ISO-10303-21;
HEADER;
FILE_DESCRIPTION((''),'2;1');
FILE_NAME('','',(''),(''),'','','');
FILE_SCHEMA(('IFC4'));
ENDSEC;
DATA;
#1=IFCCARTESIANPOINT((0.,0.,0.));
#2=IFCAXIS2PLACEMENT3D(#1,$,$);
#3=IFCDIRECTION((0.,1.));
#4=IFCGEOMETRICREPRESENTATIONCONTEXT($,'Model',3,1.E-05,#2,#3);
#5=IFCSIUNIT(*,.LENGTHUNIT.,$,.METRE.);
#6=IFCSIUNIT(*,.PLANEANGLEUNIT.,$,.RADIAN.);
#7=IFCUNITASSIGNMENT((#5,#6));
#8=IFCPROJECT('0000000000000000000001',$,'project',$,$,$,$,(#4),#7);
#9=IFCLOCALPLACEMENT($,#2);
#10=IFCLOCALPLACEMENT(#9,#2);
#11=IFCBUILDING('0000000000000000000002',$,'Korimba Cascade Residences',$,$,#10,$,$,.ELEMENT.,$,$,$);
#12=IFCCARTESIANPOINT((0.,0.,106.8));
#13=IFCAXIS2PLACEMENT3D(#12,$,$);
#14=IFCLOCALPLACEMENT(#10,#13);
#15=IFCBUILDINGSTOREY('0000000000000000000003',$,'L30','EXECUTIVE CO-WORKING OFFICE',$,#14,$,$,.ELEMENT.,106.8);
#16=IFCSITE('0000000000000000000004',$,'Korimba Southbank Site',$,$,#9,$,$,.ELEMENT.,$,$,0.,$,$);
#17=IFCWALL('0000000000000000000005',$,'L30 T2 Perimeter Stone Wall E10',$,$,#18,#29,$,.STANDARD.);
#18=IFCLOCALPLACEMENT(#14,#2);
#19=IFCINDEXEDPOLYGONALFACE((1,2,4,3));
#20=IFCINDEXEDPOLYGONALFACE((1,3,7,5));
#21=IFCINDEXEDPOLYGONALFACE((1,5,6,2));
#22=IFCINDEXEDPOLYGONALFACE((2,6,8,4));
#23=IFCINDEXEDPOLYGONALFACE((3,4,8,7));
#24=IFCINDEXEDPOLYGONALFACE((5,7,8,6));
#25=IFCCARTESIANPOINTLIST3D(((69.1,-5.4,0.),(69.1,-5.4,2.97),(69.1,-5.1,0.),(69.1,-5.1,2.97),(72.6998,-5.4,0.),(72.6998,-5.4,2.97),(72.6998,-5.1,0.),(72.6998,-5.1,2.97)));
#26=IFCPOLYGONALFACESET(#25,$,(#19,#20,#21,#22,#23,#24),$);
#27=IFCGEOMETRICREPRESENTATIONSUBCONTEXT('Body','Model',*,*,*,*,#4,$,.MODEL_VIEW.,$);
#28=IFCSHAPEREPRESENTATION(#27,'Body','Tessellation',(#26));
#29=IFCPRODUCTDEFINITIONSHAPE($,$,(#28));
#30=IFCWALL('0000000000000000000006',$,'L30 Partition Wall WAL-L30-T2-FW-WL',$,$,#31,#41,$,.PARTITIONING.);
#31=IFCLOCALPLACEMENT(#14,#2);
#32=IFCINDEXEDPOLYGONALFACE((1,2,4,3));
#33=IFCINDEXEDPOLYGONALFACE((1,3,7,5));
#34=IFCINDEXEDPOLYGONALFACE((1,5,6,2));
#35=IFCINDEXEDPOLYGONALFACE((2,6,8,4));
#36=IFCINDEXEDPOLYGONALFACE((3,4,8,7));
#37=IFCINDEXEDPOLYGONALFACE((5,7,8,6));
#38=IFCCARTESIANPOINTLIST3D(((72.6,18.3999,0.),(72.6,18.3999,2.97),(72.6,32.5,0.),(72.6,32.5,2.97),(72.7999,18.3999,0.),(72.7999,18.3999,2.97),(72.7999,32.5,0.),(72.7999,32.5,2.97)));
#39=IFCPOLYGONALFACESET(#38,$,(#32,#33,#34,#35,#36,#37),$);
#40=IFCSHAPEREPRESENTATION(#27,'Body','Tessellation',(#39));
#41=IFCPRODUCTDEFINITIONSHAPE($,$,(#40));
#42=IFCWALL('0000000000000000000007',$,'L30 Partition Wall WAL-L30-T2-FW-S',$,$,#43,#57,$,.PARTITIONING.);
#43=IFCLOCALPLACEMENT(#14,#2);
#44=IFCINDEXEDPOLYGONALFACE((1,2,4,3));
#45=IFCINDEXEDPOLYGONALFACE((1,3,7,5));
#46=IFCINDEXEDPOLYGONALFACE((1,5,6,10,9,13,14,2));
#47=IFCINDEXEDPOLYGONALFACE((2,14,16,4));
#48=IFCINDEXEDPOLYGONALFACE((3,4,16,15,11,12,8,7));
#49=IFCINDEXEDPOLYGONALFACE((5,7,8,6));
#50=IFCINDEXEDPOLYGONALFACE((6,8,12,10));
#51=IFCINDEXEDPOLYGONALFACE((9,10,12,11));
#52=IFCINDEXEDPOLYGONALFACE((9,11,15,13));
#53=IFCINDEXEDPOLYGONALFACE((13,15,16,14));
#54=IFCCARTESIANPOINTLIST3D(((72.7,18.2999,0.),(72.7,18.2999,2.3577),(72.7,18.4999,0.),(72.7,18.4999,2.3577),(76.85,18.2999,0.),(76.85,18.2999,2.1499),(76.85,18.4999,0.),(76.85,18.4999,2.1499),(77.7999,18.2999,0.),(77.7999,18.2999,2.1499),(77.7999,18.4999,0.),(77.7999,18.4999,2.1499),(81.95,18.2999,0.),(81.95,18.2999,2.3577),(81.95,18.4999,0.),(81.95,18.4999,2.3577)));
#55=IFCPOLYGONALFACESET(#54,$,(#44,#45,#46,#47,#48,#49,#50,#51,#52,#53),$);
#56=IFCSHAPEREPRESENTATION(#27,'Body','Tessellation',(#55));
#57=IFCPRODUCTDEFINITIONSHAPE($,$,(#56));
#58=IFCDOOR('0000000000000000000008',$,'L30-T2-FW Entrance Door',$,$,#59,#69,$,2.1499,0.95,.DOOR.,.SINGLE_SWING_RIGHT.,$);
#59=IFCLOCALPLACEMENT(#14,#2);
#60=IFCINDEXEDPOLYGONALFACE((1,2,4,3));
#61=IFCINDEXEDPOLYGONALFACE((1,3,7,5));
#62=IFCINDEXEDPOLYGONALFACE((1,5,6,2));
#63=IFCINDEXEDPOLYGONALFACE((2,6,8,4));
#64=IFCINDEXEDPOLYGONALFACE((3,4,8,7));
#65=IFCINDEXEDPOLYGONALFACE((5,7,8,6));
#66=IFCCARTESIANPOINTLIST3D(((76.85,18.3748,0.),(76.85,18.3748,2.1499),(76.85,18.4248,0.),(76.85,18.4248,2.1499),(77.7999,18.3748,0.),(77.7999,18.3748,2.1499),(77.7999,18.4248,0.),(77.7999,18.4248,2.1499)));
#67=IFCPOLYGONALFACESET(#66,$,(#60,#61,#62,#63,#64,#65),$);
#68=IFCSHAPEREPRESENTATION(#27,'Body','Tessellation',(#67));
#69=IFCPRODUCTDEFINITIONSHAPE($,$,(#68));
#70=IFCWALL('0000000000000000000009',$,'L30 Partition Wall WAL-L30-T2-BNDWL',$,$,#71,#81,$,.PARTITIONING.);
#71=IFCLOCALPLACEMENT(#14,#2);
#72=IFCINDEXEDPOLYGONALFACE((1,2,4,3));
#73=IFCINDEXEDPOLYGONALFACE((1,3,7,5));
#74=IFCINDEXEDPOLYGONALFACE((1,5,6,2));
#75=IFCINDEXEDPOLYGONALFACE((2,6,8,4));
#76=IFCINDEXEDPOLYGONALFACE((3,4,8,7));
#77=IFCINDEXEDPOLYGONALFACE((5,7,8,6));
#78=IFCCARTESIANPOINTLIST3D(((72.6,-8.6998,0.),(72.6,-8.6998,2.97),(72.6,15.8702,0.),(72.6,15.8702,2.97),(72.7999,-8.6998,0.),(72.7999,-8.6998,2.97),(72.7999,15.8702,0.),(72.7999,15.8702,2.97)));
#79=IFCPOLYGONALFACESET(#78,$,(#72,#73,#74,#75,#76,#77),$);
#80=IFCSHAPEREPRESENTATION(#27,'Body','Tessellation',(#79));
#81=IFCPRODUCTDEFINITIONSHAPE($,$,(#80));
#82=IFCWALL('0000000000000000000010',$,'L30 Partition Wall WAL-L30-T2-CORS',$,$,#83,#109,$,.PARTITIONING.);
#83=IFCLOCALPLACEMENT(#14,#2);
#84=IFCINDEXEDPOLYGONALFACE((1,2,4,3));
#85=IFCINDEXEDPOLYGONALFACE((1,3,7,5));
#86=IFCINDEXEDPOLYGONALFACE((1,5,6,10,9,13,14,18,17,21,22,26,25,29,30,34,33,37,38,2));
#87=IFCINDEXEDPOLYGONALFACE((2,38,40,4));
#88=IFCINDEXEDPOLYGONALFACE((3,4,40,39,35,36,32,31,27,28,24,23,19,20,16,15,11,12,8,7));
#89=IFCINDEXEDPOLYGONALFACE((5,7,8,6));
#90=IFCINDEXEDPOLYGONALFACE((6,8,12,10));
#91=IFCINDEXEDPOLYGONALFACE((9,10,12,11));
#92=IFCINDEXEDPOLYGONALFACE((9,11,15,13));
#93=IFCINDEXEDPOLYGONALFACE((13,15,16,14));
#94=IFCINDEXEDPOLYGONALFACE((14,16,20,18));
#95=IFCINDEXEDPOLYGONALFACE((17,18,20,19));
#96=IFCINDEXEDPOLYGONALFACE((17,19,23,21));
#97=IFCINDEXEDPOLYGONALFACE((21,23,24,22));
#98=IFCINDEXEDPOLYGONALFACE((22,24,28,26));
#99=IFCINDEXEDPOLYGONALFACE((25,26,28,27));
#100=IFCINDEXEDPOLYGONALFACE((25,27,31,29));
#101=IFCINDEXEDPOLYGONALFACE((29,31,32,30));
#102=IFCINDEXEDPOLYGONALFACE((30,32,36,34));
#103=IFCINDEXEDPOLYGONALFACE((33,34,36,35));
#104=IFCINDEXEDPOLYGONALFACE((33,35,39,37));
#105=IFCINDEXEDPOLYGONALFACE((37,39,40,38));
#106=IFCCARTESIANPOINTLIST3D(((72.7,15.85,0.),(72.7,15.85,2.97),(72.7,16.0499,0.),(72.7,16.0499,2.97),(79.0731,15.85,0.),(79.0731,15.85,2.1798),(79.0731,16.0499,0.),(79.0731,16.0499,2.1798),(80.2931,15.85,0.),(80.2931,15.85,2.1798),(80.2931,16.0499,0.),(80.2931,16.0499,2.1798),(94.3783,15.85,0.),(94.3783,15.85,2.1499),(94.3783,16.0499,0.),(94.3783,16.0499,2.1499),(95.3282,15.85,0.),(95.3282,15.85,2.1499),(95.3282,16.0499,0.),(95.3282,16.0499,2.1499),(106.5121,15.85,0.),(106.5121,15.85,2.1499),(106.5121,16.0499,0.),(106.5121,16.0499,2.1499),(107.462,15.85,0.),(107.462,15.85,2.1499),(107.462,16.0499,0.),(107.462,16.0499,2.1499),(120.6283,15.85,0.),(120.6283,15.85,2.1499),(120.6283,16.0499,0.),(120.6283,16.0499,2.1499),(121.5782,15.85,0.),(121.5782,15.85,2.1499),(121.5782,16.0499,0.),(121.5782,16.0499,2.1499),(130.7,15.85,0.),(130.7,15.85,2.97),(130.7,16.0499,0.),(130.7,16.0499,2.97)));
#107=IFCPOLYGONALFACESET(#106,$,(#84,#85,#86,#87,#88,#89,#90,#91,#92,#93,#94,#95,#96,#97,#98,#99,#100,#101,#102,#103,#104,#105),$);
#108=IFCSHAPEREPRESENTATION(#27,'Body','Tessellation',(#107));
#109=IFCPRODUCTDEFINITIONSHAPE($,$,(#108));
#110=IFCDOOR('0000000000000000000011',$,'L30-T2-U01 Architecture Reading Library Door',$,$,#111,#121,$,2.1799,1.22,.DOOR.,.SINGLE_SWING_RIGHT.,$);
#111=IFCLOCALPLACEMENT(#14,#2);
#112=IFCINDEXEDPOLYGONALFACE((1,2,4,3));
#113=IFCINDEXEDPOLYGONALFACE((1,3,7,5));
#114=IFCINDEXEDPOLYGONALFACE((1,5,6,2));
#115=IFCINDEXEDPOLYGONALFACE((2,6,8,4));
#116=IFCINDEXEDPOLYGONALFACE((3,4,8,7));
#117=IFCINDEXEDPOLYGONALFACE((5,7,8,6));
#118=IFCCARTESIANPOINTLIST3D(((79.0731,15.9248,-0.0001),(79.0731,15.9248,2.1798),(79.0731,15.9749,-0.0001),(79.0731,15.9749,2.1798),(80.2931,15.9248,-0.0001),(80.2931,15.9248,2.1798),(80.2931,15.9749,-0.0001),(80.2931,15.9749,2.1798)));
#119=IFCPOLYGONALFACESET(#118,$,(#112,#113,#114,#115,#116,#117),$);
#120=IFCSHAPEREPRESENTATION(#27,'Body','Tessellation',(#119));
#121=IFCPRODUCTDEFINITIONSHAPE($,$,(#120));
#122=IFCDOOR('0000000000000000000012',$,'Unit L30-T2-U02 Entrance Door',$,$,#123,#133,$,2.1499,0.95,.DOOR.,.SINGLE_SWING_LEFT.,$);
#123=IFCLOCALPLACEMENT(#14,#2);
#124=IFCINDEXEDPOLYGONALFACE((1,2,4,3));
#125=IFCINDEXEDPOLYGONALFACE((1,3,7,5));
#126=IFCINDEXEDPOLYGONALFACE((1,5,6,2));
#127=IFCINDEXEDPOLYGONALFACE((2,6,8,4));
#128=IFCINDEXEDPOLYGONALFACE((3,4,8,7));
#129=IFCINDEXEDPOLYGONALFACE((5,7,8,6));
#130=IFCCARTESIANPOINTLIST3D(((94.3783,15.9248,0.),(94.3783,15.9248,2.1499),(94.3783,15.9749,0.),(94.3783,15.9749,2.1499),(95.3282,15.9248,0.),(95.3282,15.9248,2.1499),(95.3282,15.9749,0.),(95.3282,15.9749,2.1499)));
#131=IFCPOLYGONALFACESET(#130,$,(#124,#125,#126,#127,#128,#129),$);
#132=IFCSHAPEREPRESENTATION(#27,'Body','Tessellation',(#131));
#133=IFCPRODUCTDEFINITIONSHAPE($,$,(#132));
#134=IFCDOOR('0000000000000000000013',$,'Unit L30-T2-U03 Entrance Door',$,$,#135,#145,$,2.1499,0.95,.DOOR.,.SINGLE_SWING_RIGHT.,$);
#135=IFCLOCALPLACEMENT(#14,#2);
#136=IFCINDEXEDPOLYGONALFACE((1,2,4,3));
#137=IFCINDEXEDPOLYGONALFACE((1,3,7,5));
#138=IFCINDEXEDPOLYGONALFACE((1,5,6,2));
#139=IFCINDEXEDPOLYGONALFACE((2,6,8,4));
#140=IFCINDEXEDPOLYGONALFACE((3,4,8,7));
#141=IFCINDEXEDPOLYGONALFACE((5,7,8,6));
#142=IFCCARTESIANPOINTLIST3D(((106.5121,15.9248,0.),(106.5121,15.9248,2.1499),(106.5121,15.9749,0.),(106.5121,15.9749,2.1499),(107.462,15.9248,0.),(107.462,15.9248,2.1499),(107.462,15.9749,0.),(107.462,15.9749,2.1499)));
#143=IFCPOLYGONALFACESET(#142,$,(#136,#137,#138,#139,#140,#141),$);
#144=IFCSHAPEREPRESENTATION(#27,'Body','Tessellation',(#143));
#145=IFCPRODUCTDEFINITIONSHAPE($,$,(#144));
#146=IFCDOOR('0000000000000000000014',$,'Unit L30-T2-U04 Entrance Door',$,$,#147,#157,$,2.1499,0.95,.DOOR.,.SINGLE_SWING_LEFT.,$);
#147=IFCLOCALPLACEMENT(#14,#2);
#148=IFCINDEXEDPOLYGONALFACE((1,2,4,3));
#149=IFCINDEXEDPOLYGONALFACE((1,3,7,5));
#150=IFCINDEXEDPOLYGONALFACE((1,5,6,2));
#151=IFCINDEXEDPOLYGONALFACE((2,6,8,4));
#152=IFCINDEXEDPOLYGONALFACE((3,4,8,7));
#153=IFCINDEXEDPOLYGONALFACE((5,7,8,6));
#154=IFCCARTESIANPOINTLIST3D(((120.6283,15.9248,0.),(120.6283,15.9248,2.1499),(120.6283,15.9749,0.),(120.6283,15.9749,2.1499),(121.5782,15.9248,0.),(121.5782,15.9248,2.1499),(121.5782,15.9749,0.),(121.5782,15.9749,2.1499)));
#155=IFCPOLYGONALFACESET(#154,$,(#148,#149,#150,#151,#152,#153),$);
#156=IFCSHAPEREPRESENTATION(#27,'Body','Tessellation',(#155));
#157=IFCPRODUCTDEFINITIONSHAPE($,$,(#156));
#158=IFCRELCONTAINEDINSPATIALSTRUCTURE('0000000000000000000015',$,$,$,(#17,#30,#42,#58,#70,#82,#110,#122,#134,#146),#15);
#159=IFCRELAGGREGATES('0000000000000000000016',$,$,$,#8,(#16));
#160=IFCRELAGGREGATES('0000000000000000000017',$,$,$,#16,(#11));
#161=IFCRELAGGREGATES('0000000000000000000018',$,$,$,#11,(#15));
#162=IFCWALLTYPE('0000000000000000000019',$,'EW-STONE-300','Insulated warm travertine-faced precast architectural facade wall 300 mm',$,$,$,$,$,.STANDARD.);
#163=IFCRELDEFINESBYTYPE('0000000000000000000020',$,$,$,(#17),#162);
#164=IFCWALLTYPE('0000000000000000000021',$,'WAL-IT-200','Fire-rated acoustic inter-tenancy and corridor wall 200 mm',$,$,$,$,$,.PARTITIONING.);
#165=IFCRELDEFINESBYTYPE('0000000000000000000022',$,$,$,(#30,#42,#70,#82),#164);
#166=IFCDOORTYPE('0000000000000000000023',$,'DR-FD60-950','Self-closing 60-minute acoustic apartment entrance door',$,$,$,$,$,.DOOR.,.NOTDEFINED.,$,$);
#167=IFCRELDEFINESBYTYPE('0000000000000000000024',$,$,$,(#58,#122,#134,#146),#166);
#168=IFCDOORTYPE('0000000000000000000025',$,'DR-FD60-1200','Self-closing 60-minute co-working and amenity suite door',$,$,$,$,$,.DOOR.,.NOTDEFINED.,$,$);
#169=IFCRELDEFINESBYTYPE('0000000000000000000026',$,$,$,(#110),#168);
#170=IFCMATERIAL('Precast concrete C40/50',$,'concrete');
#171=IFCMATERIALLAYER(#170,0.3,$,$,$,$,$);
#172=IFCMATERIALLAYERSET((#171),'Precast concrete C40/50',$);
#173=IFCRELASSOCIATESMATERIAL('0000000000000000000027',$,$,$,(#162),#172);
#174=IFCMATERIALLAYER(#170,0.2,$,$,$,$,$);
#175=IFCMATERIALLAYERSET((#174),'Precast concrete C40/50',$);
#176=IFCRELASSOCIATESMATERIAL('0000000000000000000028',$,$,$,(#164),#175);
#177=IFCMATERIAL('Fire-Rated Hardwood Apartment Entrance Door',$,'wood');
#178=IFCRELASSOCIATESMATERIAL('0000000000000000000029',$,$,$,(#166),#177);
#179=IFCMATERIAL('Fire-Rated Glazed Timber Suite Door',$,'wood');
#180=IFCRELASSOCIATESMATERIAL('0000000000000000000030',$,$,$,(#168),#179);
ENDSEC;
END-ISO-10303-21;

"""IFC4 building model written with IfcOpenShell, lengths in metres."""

from ifc_helpers import new_model, si_unit, direction, frame, frame_2d, origin, place, context, subcontext, project, spatial, rectangle, extrude, material, layer, layer_set, type_object, element, fill, save


model = new_model("IFC4")

# Units and contexts
model_context = context("Model", 3, precision=1e-05, world=origin(), true_north=direction((0.0, 1.0)))
body_context = subcontext(model_context, "Body", "Model", "MODEL_VIEW")
ifc_project = project(units=[si_unit("LENGTHUNIT", "METRE"), si_unit("PLANEANGLEUNIT", "RADIAN")], contexts=[model_context])

# Site, building, storey
site_placement = place(None, origin())
site = spatial("IfcSite", under=ifc_project, at=site_placement, Name="Korimba Southbank Site", CompositionType="ELEMENT", RefElevation=0.0)
building_placement = place(site_placement, origin())
building = spatial("IfcBuilding", under=site, at=building_placement, Name="Korimba Cascade Residences", CompositionType="ELEMENT")
storey_placement = place(building_placement, frame((0.0, 0.0, 106.8)))
storey = spatial("IfcBuildingStorey", under=building, at=storey_placement, Name="L30", Description="EXECUTIVE CO-WORKING OFFICE", CompositionType="ELEMENT", Elevation=106.8)

# Shared definitions
ifc_material_1 = material(Name="Precast concrete C40/50", Category="concrete")

# Walls
ifc_layer_1 = layer(ifc_material_1, 0.3)
ifc_layer_set_1 = layer_set([ifc_layer_1], Name="Precast concrete C40/50")
wall_type_1 = type_object("IfcWallType", Name="EW-STONE-300", Description="Insulated warm travertine-faced precast architectural facade wall 300 mm", PredefinedType="STANDARD", material=ifc_layer_set_1)
wall_1_placement = place(storey_placement, frame((69.1001, -5.25, 0.0), z_axis=(0.0, 0.0, 1.0), x_axis=(1.0, 0.0, 0.0)))
element("IfcWall", 1, at=wall_1_placement, inside=storey, type_object=wall_type_1, Name="L30 T2 Perimeter Stone Wall E10", PredefinedType="STANDARD", context=body_context, shape_type="SweptSolid", body=[
    extrude(rectangle(XDim=3.5999, YDim=0.3, at=frame_2d((1.7998, 0.0))), origin(), (0.0, 0.0, 1.0), 2.97),
])
ifc_layer_2 = layer(ifc_material_1, 0.2)
ifc_layer_set_2 = layer_set([ifc_layer_2], Name="Precast concrete C40/50")
wall_type_2 = type_object("IfcWallType", Name="WAL-IT-200", Description="Fire-rated acoustic inter-tenancy and corridor wall 200 mm", PredefinedType="PARTITIONING", material=ifc_layer_set_2)
wall_2_placement = place(storey_placement, frame((72.7, 18.3999, 0.0), z_axis=(0.0, 0.0, 1.0), x_axis=(0.0, 1.0, 0.0)))
element("IfcWall", 2, at=wall_2_placement, inside=storey, type_object=wall_type_2, Name="L30 Partition Wall WAL-L30-T2-FW-WL", PredefinedType="PARTITIONING", context=body_context, shape_type="SweptSolid", body=[
    extrude(rectangle(XDim=14.1001, YDim=0.2, at=frame_2d((7.05, 0.0))), origin(), (0.0, 0.0, 1.0), 2.97),
])

# Wall, opening, door
wall_3_placement = place(storey_placement, frame((72.7, 18.3999, 0.0), z_axis=(0.0, 0.0, 1.0), x_axis=(1.0, 0.0, 0.0)))
wall_3 = element("IfcWall", 3, at=wall_3_placement, inside=storey, type_object=wall_type_2, Name="L30 Partition Wall WAL-L30-T2-FW-S", PredefinedType="PARTITIONING", context=body_context, shape_type="SweptSolid", body=[
    extrude(rectangle(XDim=9.25, YDim=0.2, at=frame_2d((4.625, 0.0))), origin(), (0.0, 0.0, 1.0), 2.3577),
])
opening_1_placement = place(wall_3_placement, frame((4.1499, 0.0, 0.0)))
opening_1 = element("IfcOpeningElement", 4, at=opening_1_placement, cuts=wall_3, PredefinedType="OPENING", context=body_context, shape_type="SweptSolid", body=[
    extrude(rectangle(XDim=0.95, YDim=2.1499, at=frame_2d((0.4751, 1.075))), frame((0.0, 0.1099, 0.0), z_axis=(0.0, -1.0, 0.0), x_axis=(1.0, 0.0, 0.0)), (0.0, 0.0, 1.0), 0.22),
])
ifc_material_2 = material(Name="Fire-Rated Hardwood Apartment Entrance Door", Category="wood")
door_type_1 = type_object("IfcDoorType", Name="DR-FD60-950", Description="Self-closing 60-minute acoustic apartment entrance door", OperationType="NOTDEFINED", PredefinedType="DOOR", material=ifc_material_2)
door_1_placement = place(opening_1_placement, origin())
door_1 = element("IfcDoor", 5, at=door_1_placement, inside=storey, type_object=door_type_1, Name="L30-T2-FW Entrance Door", OperationType="SINGLE_SWING_RIGHT", OverallHeight=2.1499, OverallWidth=0.95, PredefinedType="DOOR", context=body_context, shape_type="SweptSolid", body=[
    extrude(rectangle(XDim=0.95, YDim=2.1499, at=frame_2d((0.4751, 1.075))), frame((0.0, 0.0249, 0.0), z_axis=(0.0, -1.0, 0.0), x_axis=(1.0, 0.0, 0.0)), (0.0, 0.0, 1.0), 0.05),
])
fill(opening_1, door_1)

# Wall
wall_4_placement = place(storey_placement, frame((72.7, -8.7, 0.0), z_axis=(0.0, 0.0, 1.0), x_axis=(0.0, 1.0, 0.0)))
element("IfcWall", 6, at=wall_4_placement, inside=storey, type_object=wall_type_2, Name="L30 Partition Wall WAL-L30-T2-BNDWL", PredefinedType="PARTITIONING", context=body_context, shape_type="SweptSolid", body=[
    extrude(rectangle(XDim=24.5701, YDim=0.2, at=frame_2d((12.2852, 0.0))), origin(), (0.0, 0.0, 1.0), 2.97),
])

# Wall, openings, doors
wall_5_placement = place(storey_placement, frame((72.7, 15.95, 0.0), z_axis=(0.0, 0.0, 1.0), x_axis=(1.0, 0.0, 0.0)))
wall_5 = element("IfcWall", 7, at=wall_5_placement, inside=storey, type_object=wall_type_2, Name="L30 Partition Wall WAL-L30-T2-CORS", PredefinedType="PARTITIONING", context=body_context, shape_type="SweptSolid", body=[
    extrude(rectangle(XDim=58.0, YDim=0.2, at=frame_2d((29.0, 0.0))), origin(), (0.0, 0.0, 1.0), 2.97),
])
opening_2_placement = place(wall_5_placement, frame((6.3733, 0.0, 0.0)))
opening_2 = element("IfcOpeningElement", 8, at=opening_2_placement, cuts=wall_5, PredefinedType="OPENING", context=body_context, shape_type="SweptSolid", body=[
    extrude(rectangle(XDim=1.22, YDim=2.1799, at=frame_2d((0.6099, 1.0898))), frame((0.0, 0.1099, 0.0), z_axis=(0.0, -1.0, 0.0), x_axis=(1.0, 0.0, 0.0)), (0.0, 0.0, 1.0), 0.22),
])
opening_3_placement = place(wall_5_placement, frame((21.6782, 0.0, 0.0)))
opening_3 = element("IfcOpeningElement", 9, at=opening_3_placement, cuts=wall_5, PredefinedType="OPENING", context=body_context, shape_type="SweptSolid", body=[
    extrude(rectangle(XDim=0.95, YDim=2.1499, at=frame_2d((0.4751, 1.075))), frame((0.0, 0.1099, 0.0), z_axis=(0.0, -1.0, 0.0), x_axis=(1.0, 0.0, 0.0)), (0.0, 0.0, 1.0), 0.22),
])
opening_4_placement = place(wall_5_placement, frame((33.812, 0.0, 0.0)))
opening_4 = element("IfcOpeningElement", 10, at=opening_4_placement, cuts=wall_5, PredefinedType="OPENING", context=body_context, shape_type="SweptSolid", body=[
    extrude(rectangle(XDim=0.95, YDim=2.1499, at=frame_2d((0.4751, 1.075))), frame((0.0, 0.1099, 0.0), z_axis=(0.0, -1.0, 0.0), x_axis=(1.0, 0.0, 0.0)), (0.0, 0.0, 1.0), 0.22),
])
opening_5_placement = place(wall_5_placement, frame((47.9282, 0.0, 0.0)))
opening_5 = element("IfcOpeningElement", 11, at=opening_5_placement, cuts=wall_5, PredefinedType="OPENING", context=body_context, shape_type="SweptSolid", body=[
    extrude(rectangle(XDim=0.95, YDim=2.1499, at=frame_2d((0.4751, 1.075))), frame((0.0, 0.1099, 0.0), z_axis=(0.0, -1.0, 0.0), x_axis=(1.0, 0.0, 0.0)), (0.0, 0.0, 1.0), 0.22),
])
ifc_material_3 = material(Name="Fire-Rated Glazed Timber Suite Door", Category="wood")
door_type_2 = type_object("IfcDoorType", Name="DR-FD60-1200", Description="Self-closing 60-minute co-working and amenity suite door", OperationType="NOTDEFINED", PredefinedType="DOOR", material=ifc_material_3)
door_2_placement = place(opening_2_placement, origin())
door_2 = element("IfcDoor", 12, at=door_2_placement, inside=storey, type_object=door_type_2, Name="L30-T2-U01 Architecture Reading Library Door", OperationType="SINGLE_SWING_RIGHT", OverallHeight=2.1799, OverallWidth=1.22, PredefinedType="DOOR", context=body_context, shape_type="SweptSolid", body=[
    extrude(rectangle(XDim=1.22, YDim=2.1799, at=frame_2d((0.6099, 1.0898))), frame((0.0, 0.0249, 0.0), z_axis=(0.0, -1.0, 0.0), x_axis=(1.0, 0.0, 0.0)), (0.0, 0.0, 1.0), 0.05),
])
fill(opening_2, door_2)
door_3_placement = place(opening_3_placement, origin())
door_3 = element("IfcDoor", 13, at=door_3_placement, inside=storey, type_object=door_type_1, Name="Unit L30-T2-U02 Entrance Door", OperationType="SINGLE_SWING_LEFT", OverallHeight=2.1499, OverallWidth=0.95, PredefinedType="DOOR", context=body_context, shape_type="SweptSolid", body=[
    extrude(rectangle(XDim=0.95, YDim=2.1499, at=frame_2d((0.4751, 1.075))), frame((0.0, 0.0249, 0.0), z_axis=(0.0, -1.0, 0.0), x_axis=(1.0, 0.0, 0.0)), (0.0, 0.0, 1.0), 0.05),
])
fill(opening_3, door_3)
door_4_placement = place(opening_4_placement, origin())
door_4 = element("IfcDoor", 14, at=door_4_placement, inside=storey, type_object=door_type_1, Name="Unit L30-T2-U03 Entrance Door", OperationType="SINGLE_SWING_RIGHT", OverallHeight=2.1499, OverallWidth=0.95, PredefinedType="DOOR", context=body_context, shape_type="SweptSolid", body=[
    extrude(rectangle(XDim=0.95, YDim=2.1499, at=frame_2d((0.4751, 1.075))), frame((0.0, 0.0249, 0.0), z_axis=(0.0, -1.0, 0.0), x_axis=(1.0, 0.0, 0.0)), (0.0, 0.0, 1.0), 0.05),
])
fill(opening_4, door_4)
door_5_placement = place(opening_5_placement, origin())
door_5 = element("IfcDoor", 15, at=door_5_placement, inside=storey, type_object=door_type_1, Name="Unit L30-T2-U04 Entrance Door", OperationType="SINGLE_SWING_LEFT", OverallHeight=2.1499, OverallWidth=0.95, PredefinedType="DOOR", context=body_context, shape_type="SweptSolid", body=[
    extrude(rectangle(XDim=0.95, YDim=2.1499, at=frame_2d((0.4751, 1.075))), frame((0.0, 0.0249, 0.0), z_axis=(0.0, -1.0, 0.0), x_axis=(1.0, 0.0, 0.0)), (0.0, 0.0, 1.0), 0.05),
])
fill(opening_5, door_5)

save(model, "model.ifc")
